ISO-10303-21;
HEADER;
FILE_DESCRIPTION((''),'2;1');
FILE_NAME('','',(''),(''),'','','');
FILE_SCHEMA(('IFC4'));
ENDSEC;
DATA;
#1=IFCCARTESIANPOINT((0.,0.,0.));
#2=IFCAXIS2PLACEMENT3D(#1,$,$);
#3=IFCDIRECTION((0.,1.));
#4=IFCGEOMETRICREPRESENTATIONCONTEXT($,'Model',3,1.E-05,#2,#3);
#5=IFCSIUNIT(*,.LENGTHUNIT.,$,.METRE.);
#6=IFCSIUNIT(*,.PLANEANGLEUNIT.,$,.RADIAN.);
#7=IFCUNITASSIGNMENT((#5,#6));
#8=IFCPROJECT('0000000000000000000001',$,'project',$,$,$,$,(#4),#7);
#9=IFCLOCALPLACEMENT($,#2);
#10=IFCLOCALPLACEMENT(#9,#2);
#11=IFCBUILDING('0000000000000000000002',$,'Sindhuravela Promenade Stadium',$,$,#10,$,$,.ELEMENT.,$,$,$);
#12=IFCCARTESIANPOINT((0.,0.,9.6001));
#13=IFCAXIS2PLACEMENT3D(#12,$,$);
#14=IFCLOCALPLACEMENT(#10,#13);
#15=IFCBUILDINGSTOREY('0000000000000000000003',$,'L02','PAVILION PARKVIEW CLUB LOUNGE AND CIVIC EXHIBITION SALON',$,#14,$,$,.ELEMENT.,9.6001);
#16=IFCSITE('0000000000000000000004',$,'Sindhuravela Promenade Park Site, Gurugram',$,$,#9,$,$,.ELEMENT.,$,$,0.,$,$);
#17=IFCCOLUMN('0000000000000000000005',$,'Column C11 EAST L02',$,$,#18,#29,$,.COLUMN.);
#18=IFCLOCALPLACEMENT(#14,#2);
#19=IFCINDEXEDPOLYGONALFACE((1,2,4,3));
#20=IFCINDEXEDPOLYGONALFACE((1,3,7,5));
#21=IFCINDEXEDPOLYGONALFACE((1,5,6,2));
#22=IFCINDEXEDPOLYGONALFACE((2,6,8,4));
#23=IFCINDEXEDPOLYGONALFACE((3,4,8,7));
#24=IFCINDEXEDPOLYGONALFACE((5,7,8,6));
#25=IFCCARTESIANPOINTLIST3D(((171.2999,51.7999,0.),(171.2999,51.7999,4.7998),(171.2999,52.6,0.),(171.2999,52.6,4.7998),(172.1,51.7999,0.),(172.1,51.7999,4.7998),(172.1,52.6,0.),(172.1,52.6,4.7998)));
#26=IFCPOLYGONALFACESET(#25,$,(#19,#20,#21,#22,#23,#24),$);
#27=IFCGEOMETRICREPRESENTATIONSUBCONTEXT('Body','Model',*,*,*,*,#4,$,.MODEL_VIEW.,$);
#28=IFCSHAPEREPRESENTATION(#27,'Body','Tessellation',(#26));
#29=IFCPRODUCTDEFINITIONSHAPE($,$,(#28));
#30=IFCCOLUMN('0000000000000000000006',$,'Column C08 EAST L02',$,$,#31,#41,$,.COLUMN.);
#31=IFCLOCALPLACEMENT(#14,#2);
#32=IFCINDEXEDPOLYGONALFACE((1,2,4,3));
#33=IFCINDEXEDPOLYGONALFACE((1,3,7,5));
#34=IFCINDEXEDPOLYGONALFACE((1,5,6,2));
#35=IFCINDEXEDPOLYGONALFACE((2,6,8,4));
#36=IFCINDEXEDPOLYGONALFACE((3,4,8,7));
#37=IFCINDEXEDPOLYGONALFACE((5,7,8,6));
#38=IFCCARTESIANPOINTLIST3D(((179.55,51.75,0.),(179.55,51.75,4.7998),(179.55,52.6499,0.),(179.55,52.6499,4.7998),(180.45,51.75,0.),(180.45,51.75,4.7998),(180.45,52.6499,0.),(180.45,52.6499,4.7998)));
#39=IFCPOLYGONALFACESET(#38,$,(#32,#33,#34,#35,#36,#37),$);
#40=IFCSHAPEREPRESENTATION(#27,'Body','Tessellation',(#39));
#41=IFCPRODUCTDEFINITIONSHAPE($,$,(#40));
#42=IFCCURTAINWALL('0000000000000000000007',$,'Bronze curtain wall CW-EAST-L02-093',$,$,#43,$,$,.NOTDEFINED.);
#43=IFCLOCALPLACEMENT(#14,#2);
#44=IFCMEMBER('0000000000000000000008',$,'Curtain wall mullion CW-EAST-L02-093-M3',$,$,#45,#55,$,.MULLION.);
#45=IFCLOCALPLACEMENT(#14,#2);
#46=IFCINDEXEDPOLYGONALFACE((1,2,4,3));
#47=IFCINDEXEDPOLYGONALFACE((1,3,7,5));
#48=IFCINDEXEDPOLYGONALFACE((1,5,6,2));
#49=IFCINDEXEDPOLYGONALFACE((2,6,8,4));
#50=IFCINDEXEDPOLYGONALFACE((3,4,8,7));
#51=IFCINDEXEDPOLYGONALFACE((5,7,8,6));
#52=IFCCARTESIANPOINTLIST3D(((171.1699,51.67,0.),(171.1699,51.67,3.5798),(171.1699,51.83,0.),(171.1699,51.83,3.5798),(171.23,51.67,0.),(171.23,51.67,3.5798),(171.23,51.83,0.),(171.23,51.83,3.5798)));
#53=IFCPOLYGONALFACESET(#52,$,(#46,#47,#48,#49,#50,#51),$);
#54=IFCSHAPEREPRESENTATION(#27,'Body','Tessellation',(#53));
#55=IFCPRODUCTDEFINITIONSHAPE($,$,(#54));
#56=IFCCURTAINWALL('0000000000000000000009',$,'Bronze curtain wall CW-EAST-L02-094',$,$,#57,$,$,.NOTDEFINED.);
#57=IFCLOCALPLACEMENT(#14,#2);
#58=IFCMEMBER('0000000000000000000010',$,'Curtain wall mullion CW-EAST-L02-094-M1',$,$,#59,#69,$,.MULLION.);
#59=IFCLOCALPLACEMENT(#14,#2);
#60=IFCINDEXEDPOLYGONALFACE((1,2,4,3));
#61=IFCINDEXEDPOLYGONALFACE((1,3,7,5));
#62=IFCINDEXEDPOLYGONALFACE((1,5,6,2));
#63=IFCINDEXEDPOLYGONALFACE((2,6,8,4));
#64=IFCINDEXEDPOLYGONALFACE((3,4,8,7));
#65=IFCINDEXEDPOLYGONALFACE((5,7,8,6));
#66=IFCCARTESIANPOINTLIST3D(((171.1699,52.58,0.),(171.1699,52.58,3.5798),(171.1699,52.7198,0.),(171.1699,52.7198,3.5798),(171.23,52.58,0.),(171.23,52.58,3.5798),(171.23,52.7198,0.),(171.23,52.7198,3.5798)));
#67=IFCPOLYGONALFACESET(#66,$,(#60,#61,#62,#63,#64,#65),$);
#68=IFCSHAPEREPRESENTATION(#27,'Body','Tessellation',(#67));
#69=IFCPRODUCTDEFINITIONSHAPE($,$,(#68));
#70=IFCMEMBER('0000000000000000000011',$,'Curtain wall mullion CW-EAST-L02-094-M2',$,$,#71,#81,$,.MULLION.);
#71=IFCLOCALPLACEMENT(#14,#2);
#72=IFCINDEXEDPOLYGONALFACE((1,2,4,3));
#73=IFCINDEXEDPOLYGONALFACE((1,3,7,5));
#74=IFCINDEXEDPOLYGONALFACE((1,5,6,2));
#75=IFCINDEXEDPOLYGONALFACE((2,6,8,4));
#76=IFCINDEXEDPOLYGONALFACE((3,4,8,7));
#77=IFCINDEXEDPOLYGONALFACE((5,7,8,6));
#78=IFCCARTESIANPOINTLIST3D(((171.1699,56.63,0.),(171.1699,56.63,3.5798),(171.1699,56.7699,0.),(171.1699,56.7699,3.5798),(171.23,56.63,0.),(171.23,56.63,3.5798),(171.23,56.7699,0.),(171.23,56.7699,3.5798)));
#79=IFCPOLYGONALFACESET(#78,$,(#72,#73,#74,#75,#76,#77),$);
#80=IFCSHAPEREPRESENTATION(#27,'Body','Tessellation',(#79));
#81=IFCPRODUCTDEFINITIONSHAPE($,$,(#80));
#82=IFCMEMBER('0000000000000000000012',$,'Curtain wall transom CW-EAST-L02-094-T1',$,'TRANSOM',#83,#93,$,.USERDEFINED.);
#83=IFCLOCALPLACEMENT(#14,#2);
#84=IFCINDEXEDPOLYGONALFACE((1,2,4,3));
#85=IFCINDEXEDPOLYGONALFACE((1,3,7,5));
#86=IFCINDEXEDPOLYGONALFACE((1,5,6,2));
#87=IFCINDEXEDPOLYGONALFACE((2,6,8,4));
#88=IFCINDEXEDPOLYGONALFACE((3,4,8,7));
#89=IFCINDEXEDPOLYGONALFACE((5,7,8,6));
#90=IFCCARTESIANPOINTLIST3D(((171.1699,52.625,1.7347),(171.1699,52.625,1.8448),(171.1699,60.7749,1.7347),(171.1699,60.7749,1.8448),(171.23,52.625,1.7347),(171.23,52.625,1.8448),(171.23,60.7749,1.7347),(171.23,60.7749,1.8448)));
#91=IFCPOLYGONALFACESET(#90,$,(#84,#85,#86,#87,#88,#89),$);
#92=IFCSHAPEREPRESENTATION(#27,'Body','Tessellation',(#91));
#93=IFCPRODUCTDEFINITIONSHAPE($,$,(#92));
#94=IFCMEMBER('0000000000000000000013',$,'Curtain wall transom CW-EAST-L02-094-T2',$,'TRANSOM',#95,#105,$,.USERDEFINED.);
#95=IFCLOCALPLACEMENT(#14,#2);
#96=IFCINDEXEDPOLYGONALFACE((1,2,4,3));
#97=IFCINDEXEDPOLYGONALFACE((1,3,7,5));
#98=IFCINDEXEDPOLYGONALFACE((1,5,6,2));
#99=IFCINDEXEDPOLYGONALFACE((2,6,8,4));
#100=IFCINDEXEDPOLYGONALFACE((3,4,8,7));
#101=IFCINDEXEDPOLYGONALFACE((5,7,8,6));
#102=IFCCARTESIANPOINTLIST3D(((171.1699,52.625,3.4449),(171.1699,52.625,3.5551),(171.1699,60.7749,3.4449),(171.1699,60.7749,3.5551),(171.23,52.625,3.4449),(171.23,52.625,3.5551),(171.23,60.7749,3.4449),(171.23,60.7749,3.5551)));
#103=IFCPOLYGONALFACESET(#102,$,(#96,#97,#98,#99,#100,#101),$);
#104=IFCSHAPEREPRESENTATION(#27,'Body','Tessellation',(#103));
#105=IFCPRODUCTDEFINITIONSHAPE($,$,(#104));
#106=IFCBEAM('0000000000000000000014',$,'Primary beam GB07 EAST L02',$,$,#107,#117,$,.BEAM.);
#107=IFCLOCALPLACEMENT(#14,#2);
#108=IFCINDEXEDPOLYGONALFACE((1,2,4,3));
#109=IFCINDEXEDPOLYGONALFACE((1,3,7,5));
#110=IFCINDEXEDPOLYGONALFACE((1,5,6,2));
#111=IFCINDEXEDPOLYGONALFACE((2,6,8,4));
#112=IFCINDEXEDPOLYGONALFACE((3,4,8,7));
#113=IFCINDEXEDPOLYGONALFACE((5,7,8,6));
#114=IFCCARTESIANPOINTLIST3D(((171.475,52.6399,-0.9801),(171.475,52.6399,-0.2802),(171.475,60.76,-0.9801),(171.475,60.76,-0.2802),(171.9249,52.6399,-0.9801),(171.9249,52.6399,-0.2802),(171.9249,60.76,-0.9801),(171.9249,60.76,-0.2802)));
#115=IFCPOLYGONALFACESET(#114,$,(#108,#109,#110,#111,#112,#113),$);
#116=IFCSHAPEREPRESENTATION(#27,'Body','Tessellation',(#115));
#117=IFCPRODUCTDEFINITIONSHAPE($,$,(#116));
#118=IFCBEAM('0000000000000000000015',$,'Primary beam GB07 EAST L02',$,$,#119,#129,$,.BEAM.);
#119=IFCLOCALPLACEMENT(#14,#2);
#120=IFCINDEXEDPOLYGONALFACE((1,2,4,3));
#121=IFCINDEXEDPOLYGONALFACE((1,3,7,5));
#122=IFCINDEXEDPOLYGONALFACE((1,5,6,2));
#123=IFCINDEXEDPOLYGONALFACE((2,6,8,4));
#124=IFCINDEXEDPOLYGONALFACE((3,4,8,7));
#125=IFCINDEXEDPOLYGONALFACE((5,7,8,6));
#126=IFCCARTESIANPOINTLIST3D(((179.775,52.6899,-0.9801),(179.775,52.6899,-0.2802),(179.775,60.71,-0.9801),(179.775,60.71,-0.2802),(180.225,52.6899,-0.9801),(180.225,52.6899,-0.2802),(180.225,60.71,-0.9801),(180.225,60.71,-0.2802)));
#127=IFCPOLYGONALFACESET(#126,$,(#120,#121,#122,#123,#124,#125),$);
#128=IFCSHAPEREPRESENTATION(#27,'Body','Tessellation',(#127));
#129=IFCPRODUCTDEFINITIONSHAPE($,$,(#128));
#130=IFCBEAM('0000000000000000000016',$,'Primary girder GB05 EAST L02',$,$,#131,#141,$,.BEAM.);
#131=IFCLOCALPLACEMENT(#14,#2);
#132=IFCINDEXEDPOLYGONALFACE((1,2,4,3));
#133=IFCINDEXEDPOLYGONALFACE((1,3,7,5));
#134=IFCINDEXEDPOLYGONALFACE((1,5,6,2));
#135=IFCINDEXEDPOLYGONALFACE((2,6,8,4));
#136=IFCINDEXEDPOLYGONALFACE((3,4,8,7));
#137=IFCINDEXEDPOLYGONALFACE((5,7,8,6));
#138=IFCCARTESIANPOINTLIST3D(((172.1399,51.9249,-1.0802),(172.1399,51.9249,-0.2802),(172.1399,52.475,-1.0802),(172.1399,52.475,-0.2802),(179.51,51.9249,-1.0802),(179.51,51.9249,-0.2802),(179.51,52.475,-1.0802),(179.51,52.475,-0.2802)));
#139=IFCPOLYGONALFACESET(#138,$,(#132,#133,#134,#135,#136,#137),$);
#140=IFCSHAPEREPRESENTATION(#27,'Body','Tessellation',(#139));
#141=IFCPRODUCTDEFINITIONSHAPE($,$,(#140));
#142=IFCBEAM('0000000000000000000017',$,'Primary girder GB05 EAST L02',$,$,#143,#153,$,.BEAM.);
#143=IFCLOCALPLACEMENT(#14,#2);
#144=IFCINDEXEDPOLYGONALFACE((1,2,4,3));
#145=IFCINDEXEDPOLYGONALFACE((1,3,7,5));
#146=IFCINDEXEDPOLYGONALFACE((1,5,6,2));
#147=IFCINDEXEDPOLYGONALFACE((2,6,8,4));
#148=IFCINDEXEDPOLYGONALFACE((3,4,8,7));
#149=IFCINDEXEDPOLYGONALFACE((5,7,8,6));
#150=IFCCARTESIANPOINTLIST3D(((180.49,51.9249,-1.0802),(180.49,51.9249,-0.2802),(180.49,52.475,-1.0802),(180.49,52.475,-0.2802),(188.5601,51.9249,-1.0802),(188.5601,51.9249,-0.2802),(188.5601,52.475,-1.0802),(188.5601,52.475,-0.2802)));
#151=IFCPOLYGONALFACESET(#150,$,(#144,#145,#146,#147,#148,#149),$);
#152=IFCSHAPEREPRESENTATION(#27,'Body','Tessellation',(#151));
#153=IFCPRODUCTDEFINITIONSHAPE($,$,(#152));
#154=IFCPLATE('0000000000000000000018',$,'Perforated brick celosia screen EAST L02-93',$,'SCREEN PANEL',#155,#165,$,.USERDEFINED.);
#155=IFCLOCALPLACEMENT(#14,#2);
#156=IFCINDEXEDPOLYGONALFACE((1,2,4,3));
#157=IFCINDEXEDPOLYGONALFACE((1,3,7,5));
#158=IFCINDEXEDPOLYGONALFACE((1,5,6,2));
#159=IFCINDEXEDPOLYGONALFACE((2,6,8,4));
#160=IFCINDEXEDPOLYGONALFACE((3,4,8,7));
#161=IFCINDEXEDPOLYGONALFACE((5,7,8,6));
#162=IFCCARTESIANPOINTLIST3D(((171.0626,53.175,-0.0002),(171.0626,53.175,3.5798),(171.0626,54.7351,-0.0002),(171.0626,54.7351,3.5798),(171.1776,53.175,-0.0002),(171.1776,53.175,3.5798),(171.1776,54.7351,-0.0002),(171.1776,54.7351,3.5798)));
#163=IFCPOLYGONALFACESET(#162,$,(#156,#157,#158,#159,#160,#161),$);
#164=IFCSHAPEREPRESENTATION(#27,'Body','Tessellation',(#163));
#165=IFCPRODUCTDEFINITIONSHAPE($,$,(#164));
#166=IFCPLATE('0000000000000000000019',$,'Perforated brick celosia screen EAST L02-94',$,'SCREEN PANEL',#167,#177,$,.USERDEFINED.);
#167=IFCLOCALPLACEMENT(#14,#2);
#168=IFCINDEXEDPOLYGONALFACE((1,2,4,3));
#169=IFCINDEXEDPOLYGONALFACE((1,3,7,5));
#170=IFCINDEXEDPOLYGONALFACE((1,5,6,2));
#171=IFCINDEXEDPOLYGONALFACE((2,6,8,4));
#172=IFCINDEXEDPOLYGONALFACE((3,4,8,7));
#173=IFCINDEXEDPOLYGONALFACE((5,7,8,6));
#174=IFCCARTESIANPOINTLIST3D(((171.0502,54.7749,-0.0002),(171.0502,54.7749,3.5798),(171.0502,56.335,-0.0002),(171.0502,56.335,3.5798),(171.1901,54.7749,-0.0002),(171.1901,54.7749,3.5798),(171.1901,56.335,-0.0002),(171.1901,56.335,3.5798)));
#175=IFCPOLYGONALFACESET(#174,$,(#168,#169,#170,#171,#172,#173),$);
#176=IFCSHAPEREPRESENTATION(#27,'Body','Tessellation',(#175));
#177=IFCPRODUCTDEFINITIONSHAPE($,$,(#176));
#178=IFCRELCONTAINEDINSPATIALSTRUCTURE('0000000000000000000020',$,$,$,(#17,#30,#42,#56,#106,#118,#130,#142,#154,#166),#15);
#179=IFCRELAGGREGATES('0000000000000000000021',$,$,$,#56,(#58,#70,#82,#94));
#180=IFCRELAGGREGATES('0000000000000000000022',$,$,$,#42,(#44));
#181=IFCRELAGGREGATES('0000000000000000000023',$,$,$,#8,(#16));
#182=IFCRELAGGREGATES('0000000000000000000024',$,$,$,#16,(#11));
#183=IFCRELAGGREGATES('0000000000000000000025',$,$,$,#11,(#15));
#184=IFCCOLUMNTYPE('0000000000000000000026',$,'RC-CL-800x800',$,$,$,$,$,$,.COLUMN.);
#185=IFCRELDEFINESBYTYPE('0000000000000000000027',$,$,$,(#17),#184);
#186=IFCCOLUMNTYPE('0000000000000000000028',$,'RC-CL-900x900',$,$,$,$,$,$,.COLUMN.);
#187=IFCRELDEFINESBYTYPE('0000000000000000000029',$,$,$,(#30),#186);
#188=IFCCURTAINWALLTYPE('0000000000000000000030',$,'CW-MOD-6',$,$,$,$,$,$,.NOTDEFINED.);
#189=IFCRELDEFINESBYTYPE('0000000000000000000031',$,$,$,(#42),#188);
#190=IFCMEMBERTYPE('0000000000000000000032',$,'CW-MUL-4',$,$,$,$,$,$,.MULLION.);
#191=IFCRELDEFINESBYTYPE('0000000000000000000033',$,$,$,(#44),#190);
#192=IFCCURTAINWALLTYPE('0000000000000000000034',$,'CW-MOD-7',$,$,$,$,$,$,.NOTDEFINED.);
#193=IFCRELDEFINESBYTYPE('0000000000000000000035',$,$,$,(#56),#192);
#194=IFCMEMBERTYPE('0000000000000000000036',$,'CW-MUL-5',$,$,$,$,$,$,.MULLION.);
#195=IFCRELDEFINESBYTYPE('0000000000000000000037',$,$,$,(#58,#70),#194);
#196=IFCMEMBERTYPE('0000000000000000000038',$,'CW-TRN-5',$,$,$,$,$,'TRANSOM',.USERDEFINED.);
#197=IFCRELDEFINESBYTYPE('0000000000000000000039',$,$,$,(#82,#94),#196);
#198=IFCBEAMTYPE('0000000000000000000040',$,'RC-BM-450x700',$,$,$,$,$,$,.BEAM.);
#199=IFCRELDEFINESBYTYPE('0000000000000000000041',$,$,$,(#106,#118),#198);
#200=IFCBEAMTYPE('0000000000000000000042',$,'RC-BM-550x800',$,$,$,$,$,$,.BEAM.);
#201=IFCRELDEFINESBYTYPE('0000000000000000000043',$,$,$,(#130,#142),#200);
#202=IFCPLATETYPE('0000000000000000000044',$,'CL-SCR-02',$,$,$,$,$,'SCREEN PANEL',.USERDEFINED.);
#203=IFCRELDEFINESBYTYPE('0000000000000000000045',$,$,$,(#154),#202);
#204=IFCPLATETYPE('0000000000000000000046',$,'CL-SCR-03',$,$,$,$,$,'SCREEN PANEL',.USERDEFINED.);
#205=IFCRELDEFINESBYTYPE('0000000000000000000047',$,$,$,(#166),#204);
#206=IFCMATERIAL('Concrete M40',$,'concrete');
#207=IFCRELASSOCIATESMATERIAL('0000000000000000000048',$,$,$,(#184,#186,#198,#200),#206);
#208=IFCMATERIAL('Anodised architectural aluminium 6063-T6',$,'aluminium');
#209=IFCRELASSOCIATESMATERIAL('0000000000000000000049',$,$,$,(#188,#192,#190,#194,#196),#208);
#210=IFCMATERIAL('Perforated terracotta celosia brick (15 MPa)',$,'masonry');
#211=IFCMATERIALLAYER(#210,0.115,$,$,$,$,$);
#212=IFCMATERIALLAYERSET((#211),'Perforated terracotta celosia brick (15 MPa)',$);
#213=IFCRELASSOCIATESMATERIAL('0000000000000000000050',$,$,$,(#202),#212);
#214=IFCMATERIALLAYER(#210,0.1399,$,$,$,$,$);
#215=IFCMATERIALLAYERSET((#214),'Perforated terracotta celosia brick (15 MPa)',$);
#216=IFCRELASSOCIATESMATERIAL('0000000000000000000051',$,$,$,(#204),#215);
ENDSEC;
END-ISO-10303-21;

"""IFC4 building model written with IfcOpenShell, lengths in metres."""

from ifc_helpers import new_model, si_unit, direction, frame, origin, origin_2d, place, context, subcontext, project, spatial, rectangle, extrude, material, layer, layer_set, material_profile, profile_set, type_object, element, aggregate, save


model = new_model("IFC4")

# Units and contexts
model_context = context("Model", 3, precision=1e-05, world=origin(), true_north=direction((0.0, 1.0)))
body_context = subcontext(model_context, "Body", "Model", "MODEL_VIEW")
ifc_project = project(units=[si_unit("LENGTHUNIT", "METRE"), si_unit("PLANEANGLEUNIT", "RADIAN")], contexts=[model_context])

# Site, building, storey
site_placement = place(None, origin())
site = spatial("IfcSite", under=ifc_project, at=site_placement, Name="Sindhuravela Promenade Park Site, Gurugram", CompositionType="ELEMENT", RefElevation=0.0)
building_placement = place(site_placement, origin())
building = spatial("IfcBuilding", under=site, at=building_placement, Name="Sindhuravela Promenade Stadium", CompositionType="ELEMENT")
storey_placement = place(building_placement, frame((0.0, 0.0, 9.6001)))
storey = spatial("IfcBuildingStorey", under=building, at=storey_placement, Name="L02", Description="PAVILION PARKVIEW CLUB LOUNGE AND CIVIC EXHIBITION SALON", CompositionType="ELEMENT", Elevation=9.6001)

# Columns
ifc_material_1 = material(Name="Concrete M40", Category="concrete")
ifc_material_profile_1 = material_profile(ifc_material_1, rectangle(XDim=0.8, YDim=0.8, at=origin_2d()), Name="RC 800x800")
ifc_profile_set_1 = profile_set([ifc_material_profile_1], Name="Concrete M40")
column_type_1 = type_object("IfcColumnType", Name="RC-CL-800x800", PredefinedType="COLUMN", material=ifc_profile_set_1)
column_1_placement = place(storey_placement, frame((171.7, 52.2, 0.0), z_axis=(0.0, 0.0, 1.0), x_axis=(1.0, 0.0, 0.0)))
element("IfcColumn", 1, at=column_1_placement, inside=storey, type_object=column_type_1, Name="Column C11 EAST L02", PredefinedType="COLUMN", context=body_context, shape_type="SweptSolid", body=[
    extrude(rectangle(XDim=0.8, YDim=0.8, at=origin_2d()), origin(), (0.0, 0.0, 1.0), 4.7998),
])
ifc_material_profile_2 = material_profile(ifc_material_1, rectangle(XDim=0.8999, YDim=0.8999, at=origin_2d()), Name="RC 900x900")
ifc_profile_set_2 = profile_set([ifc_material_profile_2], Name="Concrete M40")
column_type_2 = type_object("IfcColumnType", Name="RC-CL-900x900", PredefinedType="COLUMN", material=ifc_profile_set_2)
column_2_placement = place(storey_placement, frame((180.0, 52.2, 0.0), z_axis=(0.0, 0.0, 1.0), x_axis=(1.0, 0.0, 0.0)))
element("IfcColumn", 2, at=column_2_placement, inside=storey, type_object=column_type_2, Name="Column C08 EAST L02", PredefinedType="COLUMN", context=body_context, shape_type="SweptSolid", body=[
    extrude(rectangle(XDim=0.8999, YDim=0.8999, at=origin_2d()), origin(), (0.0, 0.0, 1.0), 4.7998),
])

# Curtain wall, member
ifc_material_2 = material(Name="Anodised architectural aluminium 6063-T6", Category="aluminium")
curtain_wall_type_1 = type_object("IfcCurtainWallType", Name="CW-MOD-6", PredefinedType="NOTDEFINED", material=ifc_material_2)
curtain_wall_1_placement = place(storey_placement, origin())
curtain_wall_1 = element("IfcCurtainWall", 3, at=curtain_wall_1_placement, inside=storey, type_object=curtain_wall_type_1, Name="Bronze curtain wall CW-EAST-L02-093", PredefinedType="NOTDEFINED")
ifc_material_profile_3 = material_profile(ifc_material_2, rectangle(XDim=0.0601, YDim=0.1599, at=origin_2d()), Name="ALU M60x160")
ifc_profile_set_3 = profile_set([ifc_material_profile_3], Name="Anodised architectural aluminium 6063-T6")
member_type_1 = type_object("IfcMemberType", Name="CW-MUL-4", PredefinedType="MULLION", material=ifc_profile_set_3)
member_1_placement = place(storey_placement, frame((171.2, 51.75, 0.0), z_axis=(0.0, 0.0, 1.0), x_axis=(1.0, 0.0, 0.0)))
member_1 = element("IfcMember", 4, at=member_1_placement, type_object=member_type_1, Name="Curtain wall mullion CW-EAST-L02-093-M3", PredefinedType="MULLION", context=body_context, shape_type="SweptSolid", body=[
    extrude(rectangle(XDim=0.0601, YDim=0.1599, at=origin_2d()), origin(), (0.0, 0.0, 1.0), 3.5798),
])

# Curtain wall, members
curtain_wall_type_2 = type_object("IfcCurtainWallType", Name="CW-MOD-7", PredefinedType="NOTDEFINED", material=ifc_material_2)
curtain_wall_2_placement = place(storey_placement, origin())
curtain_wall_2 = element("IfcCurtainWall", 5, at=curtain_wall_2_placement, inside=storey, type_object=curtain_wall_type_2, Name="Bronze curtain wall CW-EAST-L02-094", PredefinedType="NOTDEFINED")
ifc_material_profile_4 = material_profile(ifc_material_2, rectangle(XDim=0.0601, YDim=0.1399, at=origin_2d()), Name="ALU M60x140")
ifc_profile_set_4 = profile_set([ifc_material_profile_4], Name="Anodised architectural aluminium 6063-T6")
member_type_2 = type_object("IfcMemberType", Name="CW-MUL-5", PredefinedType="MULLION", material=ifc_profile_set_4)
member_2_placement = place(storey_placement, frame((171.2, 52.6499, 0.0), z_axis=(0.0, 0.0, 1.0), x_axis=(1.0, 0.0, 0.0)))
member_2 = element("IfcMember", 6, at=member_2_placement, type_object=member_type_2, Name="Curtain wall mullion CW-EAST-L02-094-M1", PredefinedType="MULLION", context=body_context, shape_type="SweptSolid", body=[
    extrude(rectangle(XDim=0.0601, YDim=0.1399, at=origin_2d()), origin(), (0.0, 0.0, 1.0), 3.5798),
])
member_3_placement = place(storey_placement, frame((171.2, 56.7, 0.0), z_axis=(0.0, 0.0, 1.0), x_axis=(1.0, 0.0, 0.0)))
member_3 = element("IfcMember", 7, at=member_3_placement, type_object=member_type_2, Name="Curtain wall mullion CW-EAST-L02-094-M2", PredefinedType="MULLION", context=body_context, shape_type="SweptSolid", body=[
    extrude(rectangle(XDim=0.0601, YDim=0.1399, at=origin_2d()), origin(), (0.0, 0.0, 1.0), 3.5798),
])
ifc_material_profile_5 = material_profile(ifc_material_2, rectangle(XDim=0.0601, YDim=0.1101, at=origin_2d()), Name="ALU T60x110")
ifc_profile_set_5 = profile_set([ifc_material_profile_5], Name="Anodised architectural aluminium 6063-T6")
member_type_3 = type_object("IfcMemberType", Name="CW-TRN-5", ElementType="TRANSOM", PredefinedType="USERDEFINED", material=ifc_profile_set_5)
member_4_placement = place(storey_placement, frame((171.2, 52.625, 1.7898), z_axis=(0.0, 1.0, 0.0), x_axis=(-1.0, 0.0, 0.0)))
member_4 = element("IfcMember", 8, at=member_4_placement, type_object=member_type_3, Name="Curtain wall transom CW-EAST-L02-094-T1", ObjectType="TRANSOM", PredefinedType="USERDEFINED", context=body_context, shape_type="SweptSolid", body=[
    extrude(rectangle(XDim=0.0601, YDim=0.1101, at=origin_2d()), origin(), (0.0, 0.0, 1.0), 8.1499),
])
member_5_placement = place(storey_placement, frame((171.2, 52.625, 3.5), z_axis=(0.0, 1.0, 0.0), x_axis=(-1.0, 0.0, 0.0)))
member_5 = element("IfcMember", 9, at=member_5_placement, type_object=member_type_3, Name="Curtain wall transom CW-EAST-L02-094-T2", ObjectType="TRANSOM", PredefinedType="USERDEFINED", context=body_context, shape_type="SweptSolid", body=[
    extrude(rectangle(XDim=0.0601, YDim=0.1101, at=origin_2d()), origin(), (0.0, 0.0, 1.0), 8.1499),
])

# Beams
ifc_material_profile_6 = material_profile(ifc_material_1, rectangle(XDim=0.45, YDim=0.7, at=origin_2d()), Name="RC 450x700")
ifc_profile_set_6 = profile_set([ifc_material_profile_6], Name="Concrete M40")
beam_type_1 = type_object("IfcBeamType", Name="RC-BM-450x700", PredefinedType="BEAM", material=ifc_profile_set_6)
beam_1_placement = place(storey_placement, frame((171.7, 52.6399, -0.6301), z_axis=(0.0, 1.0, 0.0), x_axis=(-1.0, 0.0, 0.0)))
element("IfcBeam", 10, at=beam_1_placement, inside=storey, type_object=beam_type_1, Name="Primary beam GB07 EAST L02", PredefinedType="BEAM", context=body_context, shape_type="SweptSolid", body=[
    extrude(rectangle(XDim=0.45, YDim=0.7, at=origin_2d()), origin(), (0.0, 0.0, 1.0), 8.1201),
])
beam_2_placement = place(storey_placement, frame((180.0, 52.6899, -0.6301), z_axis=(0.0, 1.0, 0.0), x_axis=(-1.0, 0.0, 0.0)))
element("IfcBeam", 11, at=beam_2_placement, inside=storey, type_object=beam_type_1, Name="Primary beam GB07 EAST L02", PredefinedType="BEAM", context=body_context, shape_type="SweptSolid", body=[
    extrude(rectangle(XDim=0.45, YDim=0.7, at=origin_2d()), origin(), (0.0, 0.0, 1.0), 8.02),
])
ifc_material_profile_7 = material_profile(ifc_material_1, rectangle(XDim=0.55, YDim=0.8, at=origin_2d()), Name="RC 550x800")
ifc_profile_set_7 = profile_set([ifc_material_profile_7], Name="Concrete M40")
beam_type_2 = type_object("IfcBeamType", Name="RC-BM-550x800", PredefinedType="BEAM", material=ifc_profile_set_7)
beam_3_placement = place(storey_placement, frame((172.1399, 52.2, -0.6802), z_axis=(1.0, 0.0, 0.0), x_axis=(0.0, 1.0, 0.0)))
element("IfcBeam", 12, at=beam_3_placement, inside=storey, type_object=beam_type_2, Name="Primary girder GB05 EAST L02", PredefinedType="BEAM", context=body_context, shape_type="SweptSolid", body=[
    extrude(rectangle(XDim=0.55, YDim=0.8, at=origin_2d()), origin(), (0.0, 0.0, 1.0), 7.3701),
])
beam_4_placement = place(storey_placement, frame((180.49, 52.2, -0.6802), z_axis=(1.0, 0.0, 0.0), x_axis=(0.0, 1.0, 0.0)))
element("IfcBeam", 13, at=beam_4_placement, inside=storey, type_object=beam_type_2, Name="Primary girder GB05 EAST L02", PredefinedType="BEAM", context=body_context, shape_type="SweptSolid", body=[
    extrude(rectangle(XDim=0.55, YDim=0.8, at=origin_2d()), origin(), (0.0, 0.0, 1.0), 8.0701),
])

# Plates
ifc_material_3 = material(Name="Perforated terracotta celosia brick (15 MPa)", Category="masonry")
ifc_layer_1 = layer(ifc_material_3, 0.115)
ifc_layer_set_1 = layer_set([ifc_layer_1], Name="Perforated terracotta celosia brick (15 MPa)")
plate_type_1 = type_object("IfcPlateType", Name="CL-SCR-02", ElementType="SCREEN PANEL", PredefinedType="USERDEFINED", material=ifc_layer_set_1)
plate_1_placement = place(storey_placement, frame((171.1201, 53.9551, -0.0002), z_axis=(0.0, 0.0, 1.0), x_axis=(0.0, 1.0, 0.0)))
element("IfcPlate", 14, at=plate_1_placement, inside=storey, type_object=plate_type_1, Name="Perforated brick celosia screen EAST L02-93", ObjectType="SCREEN PANEL", PredefinedType="USERDEFINED", context=body_context, shape_type="SweptSolid", body=[
    extrude(rectangle(XDim=1.5601, YDim=0.115, at=origin_2d()), origin(), (0.0, 0.0, 1.0), 3.5801),
])
ifc_layer_2 = layer(ifc_material_3, 0.1399)
ifc_layer_set_2 = layer_set([ifc_layer_2], Name="Perforated terracotta celosia brick (15 MPa)")
plate_type_2 = type_object("IfcPlateType", Name="CL-SCR-03", ElementType="SCREEN PANEL", PredefinedType="USERDEFINED", material=ifc_layer_set_2)
plate_2_placement = place(storey_placement, frame((171.1201, 55.5549, -0.0002), z_axis=(0.0, 0.0, 1.0), x_axis=(0.0, 1.0, 0.0)))
element("IfcPlate", 15, at=plate_2_placement, inside=storey, type_object=plate_type_2, Name="Perforated brick celosia screen EAST L02-94", ObjectType="SCREEN PANEL", PredefinedType="USERDEFINED", context=body_context, shape_type="SweptSolid", body=[
    extrude(rectangle(XDim=1.5601, YDim=0.1399, at=origin_2d()), origin(), (0.0, 0.0, 1.0), 3.5801),
])

aggregate(curtain_wall_2, [member_2, member_3, member_4, member_5])
aggregate(curtain_wall_1, [member_1])

save(model, "model.ifc")
